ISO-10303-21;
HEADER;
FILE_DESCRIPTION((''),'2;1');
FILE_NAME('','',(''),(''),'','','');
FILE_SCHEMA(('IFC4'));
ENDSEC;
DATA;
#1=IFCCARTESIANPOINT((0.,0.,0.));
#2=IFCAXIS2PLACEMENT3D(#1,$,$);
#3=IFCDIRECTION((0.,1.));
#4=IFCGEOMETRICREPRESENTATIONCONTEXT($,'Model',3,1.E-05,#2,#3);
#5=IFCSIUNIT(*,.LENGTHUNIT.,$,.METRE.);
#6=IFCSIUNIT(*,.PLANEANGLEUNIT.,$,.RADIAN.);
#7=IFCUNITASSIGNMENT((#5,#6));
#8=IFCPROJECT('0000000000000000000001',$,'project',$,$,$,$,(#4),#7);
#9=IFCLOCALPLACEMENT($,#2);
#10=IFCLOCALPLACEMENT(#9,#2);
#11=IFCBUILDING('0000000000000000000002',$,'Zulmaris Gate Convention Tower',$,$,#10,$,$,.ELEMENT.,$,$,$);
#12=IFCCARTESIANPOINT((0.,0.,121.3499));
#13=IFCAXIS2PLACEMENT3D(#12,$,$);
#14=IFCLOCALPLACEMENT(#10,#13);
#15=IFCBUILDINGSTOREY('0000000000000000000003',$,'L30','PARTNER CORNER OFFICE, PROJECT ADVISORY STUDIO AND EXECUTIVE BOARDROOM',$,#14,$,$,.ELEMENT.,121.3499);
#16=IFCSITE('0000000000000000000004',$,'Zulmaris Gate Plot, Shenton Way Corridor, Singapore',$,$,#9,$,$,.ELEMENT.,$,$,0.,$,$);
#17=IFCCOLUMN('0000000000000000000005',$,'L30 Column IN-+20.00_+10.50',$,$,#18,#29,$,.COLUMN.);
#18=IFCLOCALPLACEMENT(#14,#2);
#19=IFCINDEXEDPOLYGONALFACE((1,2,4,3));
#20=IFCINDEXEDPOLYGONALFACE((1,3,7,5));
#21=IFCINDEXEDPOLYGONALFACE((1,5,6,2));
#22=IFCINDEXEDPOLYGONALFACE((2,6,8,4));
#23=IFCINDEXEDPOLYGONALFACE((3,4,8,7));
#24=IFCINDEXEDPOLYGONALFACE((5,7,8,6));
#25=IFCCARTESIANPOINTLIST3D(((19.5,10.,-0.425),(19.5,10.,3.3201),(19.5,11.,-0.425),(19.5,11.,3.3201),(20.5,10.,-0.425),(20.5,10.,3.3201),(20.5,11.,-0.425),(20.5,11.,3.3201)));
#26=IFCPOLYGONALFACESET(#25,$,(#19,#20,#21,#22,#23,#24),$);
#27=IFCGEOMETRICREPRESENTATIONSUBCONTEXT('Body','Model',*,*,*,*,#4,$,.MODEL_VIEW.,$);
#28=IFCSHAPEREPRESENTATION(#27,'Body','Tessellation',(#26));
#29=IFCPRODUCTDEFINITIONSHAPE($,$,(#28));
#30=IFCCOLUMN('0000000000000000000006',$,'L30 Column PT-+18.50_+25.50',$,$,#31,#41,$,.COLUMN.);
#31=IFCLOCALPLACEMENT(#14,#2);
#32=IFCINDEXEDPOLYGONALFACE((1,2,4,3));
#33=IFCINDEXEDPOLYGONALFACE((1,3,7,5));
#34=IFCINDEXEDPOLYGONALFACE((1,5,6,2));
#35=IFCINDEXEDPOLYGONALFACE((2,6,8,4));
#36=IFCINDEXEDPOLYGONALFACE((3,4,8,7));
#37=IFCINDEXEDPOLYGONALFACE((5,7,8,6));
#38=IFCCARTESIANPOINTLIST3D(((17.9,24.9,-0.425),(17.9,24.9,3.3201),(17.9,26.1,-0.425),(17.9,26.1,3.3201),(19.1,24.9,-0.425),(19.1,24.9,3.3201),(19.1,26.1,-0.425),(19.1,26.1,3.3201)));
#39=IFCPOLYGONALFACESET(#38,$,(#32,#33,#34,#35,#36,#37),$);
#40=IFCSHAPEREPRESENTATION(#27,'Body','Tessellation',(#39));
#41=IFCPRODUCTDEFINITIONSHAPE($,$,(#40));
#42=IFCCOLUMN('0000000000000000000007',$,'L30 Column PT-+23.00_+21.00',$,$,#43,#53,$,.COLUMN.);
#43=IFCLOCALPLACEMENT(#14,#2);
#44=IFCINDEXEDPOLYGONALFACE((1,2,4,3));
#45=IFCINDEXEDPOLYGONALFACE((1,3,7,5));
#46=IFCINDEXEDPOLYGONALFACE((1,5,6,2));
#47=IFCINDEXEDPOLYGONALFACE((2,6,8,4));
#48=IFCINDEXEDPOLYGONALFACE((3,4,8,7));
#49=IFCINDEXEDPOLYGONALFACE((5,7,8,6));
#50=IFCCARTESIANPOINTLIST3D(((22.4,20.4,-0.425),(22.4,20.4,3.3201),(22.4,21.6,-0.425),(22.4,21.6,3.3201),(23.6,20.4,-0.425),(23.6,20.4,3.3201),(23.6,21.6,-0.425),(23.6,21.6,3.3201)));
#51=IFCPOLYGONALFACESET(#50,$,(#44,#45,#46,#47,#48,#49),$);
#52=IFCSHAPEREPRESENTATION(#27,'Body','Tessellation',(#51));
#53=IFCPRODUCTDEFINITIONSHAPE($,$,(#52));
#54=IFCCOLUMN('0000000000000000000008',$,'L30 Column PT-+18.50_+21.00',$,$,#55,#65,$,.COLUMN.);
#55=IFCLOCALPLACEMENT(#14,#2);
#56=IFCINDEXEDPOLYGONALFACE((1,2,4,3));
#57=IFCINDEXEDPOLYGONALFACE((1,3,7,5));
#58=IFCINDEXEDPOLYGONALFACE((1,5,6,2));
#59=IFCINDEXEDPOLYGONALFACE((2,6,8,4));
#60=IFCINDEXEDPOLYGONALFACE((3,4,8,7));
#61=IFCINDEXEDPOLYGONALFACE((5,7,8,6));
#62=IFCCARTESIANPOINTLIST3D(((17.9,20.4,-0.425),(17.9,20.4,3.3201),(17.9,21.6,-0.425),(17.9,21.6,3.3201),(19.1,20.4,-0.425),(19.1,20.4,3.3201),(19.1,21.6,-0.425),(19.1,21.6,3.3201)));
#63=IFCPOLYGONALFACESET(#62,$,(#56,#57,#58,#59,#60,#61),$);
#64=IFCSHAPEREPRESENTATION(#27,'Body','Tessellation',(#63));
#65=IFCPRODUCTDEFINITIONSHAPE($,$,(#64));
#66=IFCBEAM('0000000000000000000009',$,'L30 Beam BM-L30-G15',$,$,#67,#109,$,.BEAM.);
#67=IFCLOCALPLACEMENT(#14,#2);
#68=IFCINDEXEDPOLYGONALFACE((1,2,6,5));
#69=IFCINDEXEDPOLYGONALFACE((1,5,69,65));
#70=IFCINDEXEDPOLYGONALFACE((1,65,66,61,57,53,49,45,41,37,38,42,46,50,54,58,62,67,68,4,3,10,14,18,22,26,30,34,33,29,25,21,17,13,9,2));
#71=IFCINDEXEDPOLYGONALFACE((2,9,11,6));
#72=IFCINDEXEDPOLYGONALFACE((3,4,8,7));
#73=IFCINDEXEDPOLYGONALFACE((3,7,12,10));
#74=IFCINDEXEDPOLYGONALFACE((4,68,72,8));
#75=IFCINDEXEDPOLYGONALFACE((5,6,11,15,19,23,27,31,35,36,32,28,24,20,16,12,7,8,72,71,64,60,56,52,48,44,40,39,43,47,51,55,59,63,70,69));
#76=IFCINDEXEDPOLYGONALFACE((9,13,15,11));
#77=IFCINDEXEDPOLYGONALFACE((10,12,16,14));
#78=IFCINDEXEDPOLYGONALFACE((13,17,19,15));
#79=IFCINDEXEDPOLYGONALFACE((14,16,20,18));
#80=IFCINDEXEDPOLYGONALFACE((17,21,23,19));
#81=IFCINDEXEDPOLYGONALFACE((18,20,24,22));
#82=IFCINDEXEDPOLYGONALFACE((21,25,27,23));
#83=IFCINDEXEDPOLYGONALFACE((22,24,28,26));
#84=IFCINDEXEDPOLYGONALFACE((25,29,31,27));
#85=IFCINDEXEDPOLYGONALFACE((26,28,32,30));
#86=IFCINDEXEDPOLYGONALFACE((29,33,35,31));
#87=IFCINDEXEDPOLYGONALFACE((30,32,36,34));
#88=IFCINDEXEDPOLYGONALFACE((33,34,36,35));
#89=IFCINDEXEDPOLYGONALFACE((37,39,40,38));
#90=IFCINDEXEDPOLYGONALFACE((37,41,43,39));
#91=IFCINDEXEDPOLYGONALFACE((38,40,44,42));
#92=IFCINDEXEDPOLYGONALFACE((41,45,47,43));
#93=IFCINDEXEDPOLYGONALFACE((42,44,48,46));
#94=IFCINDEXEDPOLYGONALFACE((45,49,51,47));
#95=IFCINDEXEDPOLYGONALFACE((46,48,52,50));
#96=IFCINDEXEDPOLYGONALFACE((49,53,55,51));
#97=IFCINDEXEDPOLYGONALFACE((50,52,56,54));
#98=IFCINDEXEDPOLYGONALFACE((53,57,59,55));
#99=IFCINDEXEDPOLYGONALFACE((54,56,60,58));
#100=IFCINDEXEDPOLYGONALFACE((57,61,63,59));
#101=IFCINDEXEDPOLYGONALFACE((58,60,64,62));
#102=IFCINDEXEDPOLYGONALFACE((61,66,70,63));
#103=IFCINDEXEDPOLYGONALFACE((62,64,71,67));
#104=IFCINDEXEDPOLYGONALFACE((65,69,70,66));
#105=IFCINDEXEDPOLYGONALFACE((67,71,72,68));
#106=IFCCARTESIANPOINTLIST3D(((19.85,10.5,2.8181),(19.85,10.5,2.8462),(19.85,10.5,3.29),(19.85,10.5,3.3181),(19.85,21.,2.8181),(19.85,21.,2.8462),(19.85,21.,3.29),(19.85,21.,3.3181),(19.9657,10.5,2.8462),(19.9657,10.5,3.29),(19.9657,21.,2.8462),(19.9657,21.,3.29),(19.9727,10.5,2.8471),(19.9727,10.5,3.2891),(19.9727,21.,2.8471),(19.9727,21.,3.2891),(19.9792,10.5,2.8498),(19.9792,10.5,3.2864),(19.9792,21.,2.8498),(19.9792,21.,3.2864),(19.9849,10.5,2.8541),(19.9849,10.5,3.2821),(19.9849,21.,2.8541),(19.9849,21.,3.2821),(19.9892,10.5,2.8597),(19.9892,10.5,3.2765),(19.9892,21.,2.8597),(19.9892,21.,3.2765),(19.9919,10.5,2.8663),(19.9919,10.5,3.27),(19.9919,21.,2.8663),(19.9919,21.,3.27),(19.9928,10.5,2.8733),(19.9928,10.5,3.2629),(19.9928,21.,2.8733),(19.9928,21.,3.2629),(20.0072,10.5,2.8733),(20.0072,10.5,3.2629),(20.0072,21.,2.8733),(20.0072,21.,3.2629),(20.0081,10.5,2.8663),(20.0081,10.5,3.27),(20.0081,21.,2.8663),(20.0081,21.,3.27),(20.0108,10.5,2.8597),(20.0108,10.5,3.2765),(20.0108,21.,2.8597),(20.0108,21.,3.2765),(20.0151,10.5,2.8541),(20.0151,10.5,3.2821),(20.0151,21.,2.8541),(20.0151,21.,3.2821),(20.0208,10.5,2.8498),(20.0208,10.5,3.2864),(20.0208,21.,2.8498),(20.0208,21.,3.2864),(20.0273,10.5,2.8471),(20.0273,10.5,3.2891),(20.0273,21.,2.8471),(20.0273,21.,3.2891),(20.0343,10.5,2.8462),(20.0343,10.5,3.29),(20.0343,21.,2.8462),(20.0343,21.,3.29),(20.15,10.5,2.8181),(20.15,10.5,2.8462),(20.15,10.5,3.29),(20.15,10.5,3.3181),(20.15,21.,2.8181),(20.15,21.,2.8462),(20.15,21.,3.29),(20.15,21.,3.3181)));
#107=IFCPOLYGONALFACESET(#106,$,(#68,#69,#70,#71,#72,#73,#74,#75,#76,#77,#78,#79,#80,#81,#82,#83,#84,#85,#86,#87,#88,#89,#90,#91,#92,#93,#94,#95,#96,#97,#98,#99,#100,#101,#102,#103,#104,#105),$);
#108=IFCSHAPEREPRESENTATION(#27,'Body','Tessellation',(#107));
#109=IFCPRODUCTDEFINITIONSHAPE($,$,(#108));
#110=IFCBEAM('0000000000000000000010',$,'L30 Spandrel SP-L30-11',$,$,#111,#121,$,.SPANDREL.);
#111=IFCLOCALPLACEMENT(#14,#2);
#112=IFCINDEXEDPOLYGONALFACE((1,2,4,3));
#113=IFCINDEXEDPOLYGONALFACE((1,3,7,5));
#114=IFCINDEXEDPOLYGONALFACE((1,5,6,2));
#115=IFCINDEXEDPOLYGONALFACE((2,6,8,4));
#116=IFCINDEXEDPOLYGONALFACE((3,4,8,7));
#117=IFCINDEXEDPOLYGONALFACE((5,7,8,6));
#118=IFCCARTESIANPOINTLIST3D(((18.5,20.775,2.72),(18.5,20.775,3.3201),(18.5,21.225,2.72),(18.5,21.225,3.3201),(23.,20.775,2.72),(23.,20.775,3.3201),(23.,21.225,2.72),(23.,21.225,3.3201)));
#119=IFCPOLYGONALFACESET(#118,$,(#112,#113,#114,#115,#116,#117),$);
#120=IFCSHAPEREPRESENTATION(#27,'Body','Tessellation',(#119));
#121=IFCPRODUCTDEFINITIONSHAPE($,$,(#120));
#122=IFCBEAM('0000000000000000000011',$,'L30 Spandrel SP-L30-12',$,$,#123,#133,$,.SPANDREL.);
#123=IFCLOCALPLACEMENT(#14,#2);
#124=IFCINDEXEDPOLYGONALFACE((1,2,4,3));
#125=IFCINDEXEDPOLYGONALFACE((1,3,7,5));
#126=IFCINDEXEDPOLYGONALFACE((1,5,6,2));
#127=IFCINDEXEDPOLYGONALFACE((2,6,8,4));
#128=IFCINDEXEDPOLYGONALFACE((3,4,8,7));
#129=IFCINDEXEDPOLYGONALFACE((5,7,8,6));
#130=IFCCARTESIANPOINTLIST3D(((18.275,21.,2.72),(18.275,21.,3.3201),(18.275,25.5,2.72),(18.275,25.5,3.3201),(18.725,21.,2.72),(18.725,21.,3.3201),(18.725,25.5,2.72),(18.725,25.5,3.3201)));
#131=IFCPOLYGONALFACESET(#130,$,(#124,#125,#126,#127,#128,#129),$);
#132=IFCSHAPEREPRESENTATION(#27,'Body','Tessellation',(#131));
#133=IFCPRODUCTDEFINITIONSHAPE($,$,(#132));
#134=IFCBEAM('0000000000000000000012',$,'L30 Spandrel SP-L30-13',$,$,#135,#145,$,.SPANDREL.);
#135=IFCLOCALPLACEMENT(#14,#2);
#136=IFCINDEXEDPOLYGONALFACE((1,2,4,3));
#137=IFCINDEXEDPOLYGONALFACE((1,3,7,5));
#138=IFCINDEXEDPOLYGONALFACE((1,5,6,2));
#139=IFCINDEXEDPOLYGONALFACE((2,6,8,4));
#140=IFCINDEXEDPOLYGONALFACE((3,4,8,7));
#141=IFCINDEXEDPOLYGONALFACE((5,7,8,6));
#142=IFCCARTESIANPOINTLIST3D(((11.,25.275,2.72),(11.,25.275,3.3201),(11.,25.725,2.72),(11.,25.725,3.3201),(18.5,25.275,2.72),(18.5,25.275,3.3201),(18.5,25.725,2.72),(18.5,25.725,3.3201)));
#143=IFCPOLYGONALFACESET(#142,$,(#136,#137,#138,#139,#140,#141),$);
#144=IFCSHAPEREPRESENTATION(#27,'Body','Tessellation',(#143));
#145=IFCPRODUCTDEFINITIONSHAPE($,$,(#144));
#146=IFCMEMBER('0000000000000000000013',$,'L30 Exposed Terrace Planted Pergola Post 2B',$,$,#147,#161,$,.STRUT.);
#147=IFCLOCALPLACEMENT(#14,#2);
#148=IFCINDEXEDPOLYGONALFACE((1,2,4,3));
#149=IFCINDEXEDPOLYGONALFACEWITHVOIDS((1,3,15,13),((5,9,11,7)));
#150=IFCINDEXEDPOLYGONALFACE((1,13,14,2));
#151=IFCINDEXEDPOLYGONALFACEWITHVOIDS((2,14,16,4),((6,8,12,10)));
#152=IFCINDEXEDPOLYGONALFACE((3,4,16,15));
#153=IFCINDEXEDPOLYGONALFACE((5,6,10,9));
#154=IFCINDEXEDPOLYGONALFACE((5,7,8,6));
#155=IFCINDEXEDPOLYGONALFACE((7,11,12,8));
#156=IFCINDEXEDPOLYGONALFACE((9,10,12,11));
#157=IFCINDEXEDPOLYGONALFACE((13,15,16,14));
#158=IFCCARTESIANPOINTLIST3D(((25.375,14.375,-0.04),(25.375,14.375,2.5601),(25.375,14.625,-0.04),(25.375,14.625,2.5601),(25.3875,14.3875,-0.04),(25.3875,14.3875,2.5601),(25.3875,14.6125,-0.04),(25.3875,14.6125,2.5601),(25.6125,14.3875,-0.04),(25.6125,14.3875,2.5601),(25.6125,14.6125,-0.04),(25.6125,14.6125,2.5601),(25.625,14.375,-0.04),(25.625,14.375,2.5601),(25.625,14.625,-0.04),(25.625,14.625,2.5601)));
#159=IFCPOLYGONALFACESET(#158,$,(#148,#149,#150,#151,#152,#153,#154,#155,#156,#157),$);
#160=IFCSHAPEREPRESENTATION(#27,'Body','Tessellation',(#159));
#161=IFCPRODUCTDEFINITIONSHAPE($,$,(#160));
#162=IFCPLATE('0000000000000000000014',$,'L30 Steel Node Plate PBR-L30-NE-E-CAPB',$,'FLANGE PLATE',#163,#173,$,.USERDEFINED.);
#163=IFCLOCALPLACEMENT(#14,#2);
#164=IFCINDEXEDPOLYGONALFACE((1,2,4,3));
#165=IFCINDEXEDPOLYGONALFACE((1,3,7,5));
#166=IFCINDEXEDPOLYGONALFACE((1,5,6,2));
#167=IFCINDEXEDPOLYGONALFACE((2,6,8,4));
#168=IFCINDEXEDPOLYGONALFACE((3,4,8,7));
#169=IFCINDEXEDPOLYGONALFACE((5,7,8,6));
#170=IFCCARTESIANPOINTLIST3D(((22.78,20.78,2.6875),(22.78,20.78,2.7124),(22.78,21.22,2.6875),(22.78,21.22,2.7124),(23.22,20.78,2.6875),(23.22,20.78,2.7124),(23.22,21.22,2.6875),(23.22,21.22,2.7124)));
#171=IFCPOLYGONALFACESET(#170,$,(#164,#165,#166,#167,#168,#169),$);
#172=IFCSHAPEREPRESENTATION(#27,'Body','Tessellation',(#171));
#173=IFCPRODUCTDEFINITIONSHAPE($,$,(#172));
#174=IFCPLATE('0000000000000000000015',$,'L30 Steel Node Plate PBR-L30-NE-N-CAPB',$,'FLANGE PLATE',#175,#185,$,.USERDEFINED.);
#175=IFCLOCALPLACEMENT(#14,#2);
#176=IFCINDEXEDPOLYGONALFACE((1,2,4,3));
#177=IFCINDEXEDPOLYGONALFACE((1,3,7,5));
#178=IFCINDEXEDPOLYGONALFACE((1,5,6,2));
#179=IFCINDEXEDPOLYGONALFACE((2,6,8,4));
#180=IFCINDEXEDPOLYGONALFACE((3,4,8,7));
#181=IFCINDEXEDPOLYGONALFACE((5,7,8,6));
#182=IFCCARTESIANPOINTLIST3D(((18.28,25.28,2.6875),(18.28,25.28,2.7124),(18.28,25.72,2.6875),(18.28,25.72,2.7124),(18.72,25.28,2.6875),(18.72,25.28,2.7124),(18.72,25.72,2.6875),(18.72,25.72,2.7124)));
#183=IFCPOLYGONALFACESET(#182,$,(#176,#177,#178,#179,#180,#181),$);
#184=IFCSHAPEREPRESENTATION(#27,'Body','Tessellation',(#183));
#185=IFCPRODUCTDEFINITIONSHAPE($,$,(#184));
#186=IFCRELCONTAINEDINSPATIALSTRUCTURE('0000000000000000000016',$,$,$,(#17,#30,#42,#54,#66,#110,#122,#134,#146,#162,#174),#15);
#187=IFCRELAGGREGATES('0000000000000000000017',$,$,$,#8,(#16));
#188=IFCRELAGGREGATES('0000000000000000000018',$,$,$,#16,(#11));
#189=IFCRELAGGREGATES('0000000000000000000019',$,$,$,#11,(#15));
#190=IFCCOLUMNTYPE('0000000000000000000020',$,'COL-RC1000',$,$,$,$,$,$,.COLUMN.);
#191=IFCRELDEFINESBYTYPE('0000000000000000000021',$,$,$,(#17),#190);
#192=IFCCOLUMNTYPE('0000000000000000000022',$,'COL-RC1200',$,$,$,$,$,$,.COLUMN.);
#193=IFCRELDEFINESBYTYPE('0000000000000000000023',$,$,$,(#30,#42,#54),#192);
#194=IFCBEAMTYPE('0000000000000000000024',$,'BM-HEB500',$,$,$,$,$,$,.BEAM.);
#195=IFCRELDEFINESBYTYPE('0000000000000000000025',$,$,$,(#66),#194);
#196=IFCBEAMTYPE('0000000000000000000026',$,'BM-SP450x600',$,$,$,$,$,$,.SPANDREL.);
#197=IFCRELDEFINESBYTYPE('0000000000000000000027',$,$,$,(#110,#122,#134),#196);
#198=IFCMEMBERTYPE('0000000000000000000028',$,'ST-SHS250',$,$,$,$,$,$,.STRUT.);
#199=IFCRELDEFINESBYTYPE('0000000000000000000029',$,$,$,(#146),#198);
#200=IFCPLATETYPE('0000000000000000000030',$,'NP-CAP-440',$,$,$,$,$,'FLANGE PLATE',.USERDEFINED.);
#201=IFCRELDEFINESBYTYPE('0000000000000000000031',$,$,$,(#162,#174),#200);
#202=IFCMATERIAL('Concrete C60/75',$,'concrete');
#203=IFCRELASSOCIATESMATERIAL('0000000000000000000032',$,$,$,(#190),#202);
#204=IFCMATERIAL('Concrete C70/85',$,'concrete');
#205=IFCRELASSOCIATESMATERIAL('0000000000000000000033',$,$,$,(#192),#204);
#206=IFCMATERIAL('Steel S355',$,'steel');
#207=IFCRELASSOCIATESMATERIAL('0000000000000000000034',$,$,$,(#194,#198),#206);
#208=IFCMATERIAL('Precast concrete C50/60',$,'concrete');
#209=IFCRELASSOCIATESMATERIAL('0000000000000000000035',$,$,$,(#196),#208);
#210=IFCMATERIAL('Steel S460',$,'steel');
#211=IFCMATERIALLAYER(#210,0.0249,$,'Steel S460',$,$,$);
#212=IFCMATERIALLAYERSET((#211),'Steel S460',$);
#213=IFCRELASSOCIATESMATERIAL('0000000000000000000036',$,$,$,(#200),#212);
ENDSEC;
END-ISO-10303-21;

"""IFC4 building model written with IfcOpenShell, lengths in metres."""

from ifc_helpers import new_model, si_unit, direction, frame, origin, origin_2d, place, context, subcontext, project, spatial, rectangle, hollow_rectangle, i_section, extrude, material, layer, layer_set, material_profile, profile_set, type_object, element, save


model = new_model("IFC4")

# Units and contexts
model_context = context("Model", 3, precision=1e-05, world=origin(), true_north=direction((0.0, 1.0)))
body_context = subcontext(model_context, "Body", "Model", "MODEL_VIEW")
ifc_project = project(units=[si_unit("LENGTHUNIT", "METRE"), si_unit("PLANEANGLEUNIT", "RADIAN")], contexts=[model_context])

# Site, building, storey
site_placement = place(None, origin())
site = spatial("IfcSite", under=ifc_project, at=site_placement, Name="Zulmaris Gate Plot, Shenton Way Corridor, Singapore", CompositionType="ELEMENT", RefElevation=0.0)
building_placement = place(site_placement, origin())
building = spatial("IfcBuilding", under=site, at=building_placement, Name="Zulmaris Gate Convention Tower", CompositionType="ELEMENT")
storey_placement = place(building_placement, frame((0.0, 0.0, 121.3499)))
storey = spatial("IfcBuildingStorey", under=building, at=storey_placement, Name="L30", Description="PARTNER CORNER OFFICE, PROJECT ADVISORY STUDIO AND EXECUTIVE BOARDROOM", CompositionType="ELEMENT", Elevation=121.3499)

# Columns
ifc_material_1 = material(Name="Concrete C60/75", Category="concrete")
ifc_material_profile_1 = material_profile(ifc_material_1, rectangle(XDim=1.0, YDim=1.0, at=origin_2d()), Name="RC COL 1000x1000")
ifc_profile_set_1 = profile_set([ifc_material_profile_1], Name="Concrete C60/75")
column_type_1 = type_object("IfcColumnType", Name="COL-RC1000", PredefinedType="COLUMN", material=ifc_profile_set_1)
column_placement = place(storey_placement, frame((20.0, 10.5, -0.425), z_axis=(0.0, 0.0, 1.0), x_axis=(1.0, 0.0, 0.0)))
element("IfcColumn", 1, at=column_placement, inside=storey, type_object=column_type_1, Name="L30 Column IN-+20.00_+10.50", PredefinedType="COLUMN", context=body_context, shape_type="SweptSolid", body=[
    extrude(rectangle(XDim=1.0, YDim=1.0, at=origin_2d()), origin(), (0.0, 0.0, 1.0), 3.7451),
])
ifc_material_2 = material(Name="Concrete C70/85", Category="concrete")
ifc_material_profile_2 = material_profile(ifc_material_2, rectangle(XDim=1.2, YDim=1.2, at=origin_2d()), Name="RC COL 1200x1200")
ifc_profile_set_2 = profile_set([ifc_material_profile_2], Name="Concrete C70/85")
column_type_2 = type_object("IfcColumnType", Name="COL-RC1200", PredefinedType="COLUMN", material=ifc_profile_set_2)
for number, where, z_axis, x_axis, name in (
    (2, (18.5, 25.5, -0.425), (0.0, 0.0, 1.0), (1.0, 0.0, 0.0), "L30 Column PT-+18.50_+25.50"),
    (3, (23.0, 21.0, -0.425), (0.0, 0.0, 1.0), (1.0, 0.0, 0.0), "L30 Column PT-+23.00_+21.00"),
    (4, (18.5, 21.0, -0.425), (0.0, 0.0, 1.0), (1.0, 0.0, 0.0), "L30 Column PT-+18.50_+21.00"),
):
    element("IfcColumn", number, at=place(storey_placement, frame(where, z_axis=z_axis, x_axis=x_axis)), inside=storey, type_object=column_type_2, Name=name, PredefinedType="COLUMN", context=body_context, shape_type="SweptSolid", body=[
        extrude(rectangle(XDim=1.2, YDim=1.2, at=origin_2d()), origin(), (0.0, 0.0, 1.0), 3.7451),
    ])

# Beams
ifc_material_3 = material(Name="Steel S355", Category="steel")
ifc_material_profile_3 = material_profile(ifc_material_3, i_section(OverallWidth=0.3, OverallDepth=0.5, WebThickness=0.0144, FlangeThickness=0.0281, FilletRadius=0.0271, at=origin_2d()), Name="HEB 500")
ifc_profile_set_3 = profile_set([ifc_material_profile_3], Name="Steel S355")
beam_type_1 = type_object("IfcBeamType", Name="BM-HEB500", PredefinedType="BEAM", material=ifc_profile_set_3)
beam_1_placement = place(storey_placement, frame((20.0, 10.5, 3.0681), z_axis=(0.0, 1.0, 0.0), x_axis=(-1.0, 0.0, 0.0)))
element("IfcBeam", 5, at=beam_1_placement, inside=storey, type_object=beam_type_1, Name="L30 Beam BM-L30-G15", PredefinedType="BEAM", context=body_context, shape_type="SweptSolid", body=[
    extrude(i_section(OverallWidth=0.3, OverallDepth=0.5, WebThickness=0.0144, FlangeThickness=0.0281, FilletRadius=0.0271, at=origin_2d()), origin(), (0.0, 0.0, 1.0), 10.5),
])
ifc_material_4 = material(Name="Precast concrete C50/60", Category="concrete")
ifc_material_profile_4 = material_profile(ifc_material_4, rectangle(XDim=0.45, YDim=0.6001, at=origin_2d()), Name="RC SPANDREL 450x600")
ifc_profile_set_4 = profile_set([ifc_material_profile_4], Name="Precast concrete C50/60")
beam_type_2 = type_object("IfcBeamType", Name="BM-SP450x600", PredefinedType="SPANDREL", material=ifc_profile_set_4)
for number, where, z_axis, x_axis, name in (
    (6, (23.0, 21.0, 3.02), (-1.0, 0.0, 0.0), (0.0, -1.0, 0.0), "L30 Spandrel SP-L30-11"),
    (7, (18.5, 21.0, 3.02), (0.0, 1.0, 0.0), (-1.0, 0.0, 0.0), "L30 Spandrel SP-L30-12"),
):
    element("IfcBeam", number, at=place(storey_placement, frame(where, z_axis=z_axis, x_axis=x_axis)), inside=storey, type_object=beam_type_2, Name=name, PredefinedType="SPANDREL", context=body_context, shape_type="SweptSolid", body=[
        extrude(rectangle(XDim=0.45, YDim=0.6001, at=origin_2d()), origin(), (0.0, 0.0, 1.0), 4.5),
    ])
beam_2_placement = place(storey_placement, frame((18.5, 25.5, 3.02), z_axis=(-1.0, 0.0, 0.0), x_axis=(0.0, -1.0, 0.0)))
element("IfcBeam", 8, at=beam_2_placement, inside=storey, type_object=beam_type_2, Name="L30 Spandrel SP-L30-13", PredefinedType="SPANDREL", context=body_context, shape_type="SweptSolid", body=[
    extrude(rectangle(XDim=0.45, YDim=0.6001, at=origin_2d()), origin(), (0.0, 0.0, 1.0), 7.5),
])

# Member
ifc_material_profile_5 = material_profile(ifc_material_3, hollow_rectangle(XDim=0.25, YDim=0.25, WallThickness=0.0125, at=origin_2d()), Name="SHS 250x250x12.5")
ifc_profile_set_5 = profile_set([ifc_material_profile_5], Name="Steel S355")
member_type = type_object("IfcMemberType", Name="ST-SHS250", PredefinedType="STRUT", material=ifc_profile_set_5)
member_placement = place(storey_placement, frame((25.5, 14.5, -0.04), z_axis=(0.0, 0.0, 1.0), x_axis=(1.0, 0.0, 0.0)))
element("IfcMember", 9, at=member_placement, inside=storey, type_object=member_type, Name="L30 Exposed Terrace Planted Pergola Post 2B", PredefinedType="STRUT", context=body_context, shape_type="SweptSolid", body=[
    extrude(hollow_rectangle(XDim=0.25, YDim=0.25, WallThickness=0.0125, at=origin_2d()), origin(), (0.0, 0.0, 1.0), 2.6001),
])

# Plates
ifc_material_5 = material(Name="Steel S460", Category="steel")
ifc_layer_1 = layer(ifc_material_5, 0.0249, Name="Steel S460")
ifc_layer_set_1 = layer_set([ifc_layer_1], Name="Steel S460")
plate_type = type_object("IfcPlateType", Name="NP-CAP-440", ElementType="FLANGE PLATE", PredefinedType="USERDEFINED", material=ifc_layer_set_1)
for number, where, z_axis, x_axis, name in (
    (10, (23.0, 21.0, 2.6875), (0.0, 0.0, 1.0), (1.0, 0.0, 0.0), "L30 Steel Node Plate PBR-L30-NE-E-CAPB"),
    (11, (18.5, 25.5, 2.6875), (0.0, 0.0, 1.0), (1.0, 0.0, 0.0), "L30 Steel Node Plate PBR-L30-NE-N-CAPB"),
):
    element("IfcPlate", number, at=place(storey_placement, frame(where, z_axis=z_axis, x_axis=x_axis)), inside=storey, type_object=plate_type, Name=name, ObjectType="FLANGE PLATE", PredefinedType="USERDEFINED", context=body_context, shape_type="SweptSolid", body=[
        extrude(rectangle(XDim=0.4399, YDim=0.4399, at=origin_2d()), origin(), (0.0, 0.0, 1.0), 0.0249),
    ])

save(model, "model.ifc")
